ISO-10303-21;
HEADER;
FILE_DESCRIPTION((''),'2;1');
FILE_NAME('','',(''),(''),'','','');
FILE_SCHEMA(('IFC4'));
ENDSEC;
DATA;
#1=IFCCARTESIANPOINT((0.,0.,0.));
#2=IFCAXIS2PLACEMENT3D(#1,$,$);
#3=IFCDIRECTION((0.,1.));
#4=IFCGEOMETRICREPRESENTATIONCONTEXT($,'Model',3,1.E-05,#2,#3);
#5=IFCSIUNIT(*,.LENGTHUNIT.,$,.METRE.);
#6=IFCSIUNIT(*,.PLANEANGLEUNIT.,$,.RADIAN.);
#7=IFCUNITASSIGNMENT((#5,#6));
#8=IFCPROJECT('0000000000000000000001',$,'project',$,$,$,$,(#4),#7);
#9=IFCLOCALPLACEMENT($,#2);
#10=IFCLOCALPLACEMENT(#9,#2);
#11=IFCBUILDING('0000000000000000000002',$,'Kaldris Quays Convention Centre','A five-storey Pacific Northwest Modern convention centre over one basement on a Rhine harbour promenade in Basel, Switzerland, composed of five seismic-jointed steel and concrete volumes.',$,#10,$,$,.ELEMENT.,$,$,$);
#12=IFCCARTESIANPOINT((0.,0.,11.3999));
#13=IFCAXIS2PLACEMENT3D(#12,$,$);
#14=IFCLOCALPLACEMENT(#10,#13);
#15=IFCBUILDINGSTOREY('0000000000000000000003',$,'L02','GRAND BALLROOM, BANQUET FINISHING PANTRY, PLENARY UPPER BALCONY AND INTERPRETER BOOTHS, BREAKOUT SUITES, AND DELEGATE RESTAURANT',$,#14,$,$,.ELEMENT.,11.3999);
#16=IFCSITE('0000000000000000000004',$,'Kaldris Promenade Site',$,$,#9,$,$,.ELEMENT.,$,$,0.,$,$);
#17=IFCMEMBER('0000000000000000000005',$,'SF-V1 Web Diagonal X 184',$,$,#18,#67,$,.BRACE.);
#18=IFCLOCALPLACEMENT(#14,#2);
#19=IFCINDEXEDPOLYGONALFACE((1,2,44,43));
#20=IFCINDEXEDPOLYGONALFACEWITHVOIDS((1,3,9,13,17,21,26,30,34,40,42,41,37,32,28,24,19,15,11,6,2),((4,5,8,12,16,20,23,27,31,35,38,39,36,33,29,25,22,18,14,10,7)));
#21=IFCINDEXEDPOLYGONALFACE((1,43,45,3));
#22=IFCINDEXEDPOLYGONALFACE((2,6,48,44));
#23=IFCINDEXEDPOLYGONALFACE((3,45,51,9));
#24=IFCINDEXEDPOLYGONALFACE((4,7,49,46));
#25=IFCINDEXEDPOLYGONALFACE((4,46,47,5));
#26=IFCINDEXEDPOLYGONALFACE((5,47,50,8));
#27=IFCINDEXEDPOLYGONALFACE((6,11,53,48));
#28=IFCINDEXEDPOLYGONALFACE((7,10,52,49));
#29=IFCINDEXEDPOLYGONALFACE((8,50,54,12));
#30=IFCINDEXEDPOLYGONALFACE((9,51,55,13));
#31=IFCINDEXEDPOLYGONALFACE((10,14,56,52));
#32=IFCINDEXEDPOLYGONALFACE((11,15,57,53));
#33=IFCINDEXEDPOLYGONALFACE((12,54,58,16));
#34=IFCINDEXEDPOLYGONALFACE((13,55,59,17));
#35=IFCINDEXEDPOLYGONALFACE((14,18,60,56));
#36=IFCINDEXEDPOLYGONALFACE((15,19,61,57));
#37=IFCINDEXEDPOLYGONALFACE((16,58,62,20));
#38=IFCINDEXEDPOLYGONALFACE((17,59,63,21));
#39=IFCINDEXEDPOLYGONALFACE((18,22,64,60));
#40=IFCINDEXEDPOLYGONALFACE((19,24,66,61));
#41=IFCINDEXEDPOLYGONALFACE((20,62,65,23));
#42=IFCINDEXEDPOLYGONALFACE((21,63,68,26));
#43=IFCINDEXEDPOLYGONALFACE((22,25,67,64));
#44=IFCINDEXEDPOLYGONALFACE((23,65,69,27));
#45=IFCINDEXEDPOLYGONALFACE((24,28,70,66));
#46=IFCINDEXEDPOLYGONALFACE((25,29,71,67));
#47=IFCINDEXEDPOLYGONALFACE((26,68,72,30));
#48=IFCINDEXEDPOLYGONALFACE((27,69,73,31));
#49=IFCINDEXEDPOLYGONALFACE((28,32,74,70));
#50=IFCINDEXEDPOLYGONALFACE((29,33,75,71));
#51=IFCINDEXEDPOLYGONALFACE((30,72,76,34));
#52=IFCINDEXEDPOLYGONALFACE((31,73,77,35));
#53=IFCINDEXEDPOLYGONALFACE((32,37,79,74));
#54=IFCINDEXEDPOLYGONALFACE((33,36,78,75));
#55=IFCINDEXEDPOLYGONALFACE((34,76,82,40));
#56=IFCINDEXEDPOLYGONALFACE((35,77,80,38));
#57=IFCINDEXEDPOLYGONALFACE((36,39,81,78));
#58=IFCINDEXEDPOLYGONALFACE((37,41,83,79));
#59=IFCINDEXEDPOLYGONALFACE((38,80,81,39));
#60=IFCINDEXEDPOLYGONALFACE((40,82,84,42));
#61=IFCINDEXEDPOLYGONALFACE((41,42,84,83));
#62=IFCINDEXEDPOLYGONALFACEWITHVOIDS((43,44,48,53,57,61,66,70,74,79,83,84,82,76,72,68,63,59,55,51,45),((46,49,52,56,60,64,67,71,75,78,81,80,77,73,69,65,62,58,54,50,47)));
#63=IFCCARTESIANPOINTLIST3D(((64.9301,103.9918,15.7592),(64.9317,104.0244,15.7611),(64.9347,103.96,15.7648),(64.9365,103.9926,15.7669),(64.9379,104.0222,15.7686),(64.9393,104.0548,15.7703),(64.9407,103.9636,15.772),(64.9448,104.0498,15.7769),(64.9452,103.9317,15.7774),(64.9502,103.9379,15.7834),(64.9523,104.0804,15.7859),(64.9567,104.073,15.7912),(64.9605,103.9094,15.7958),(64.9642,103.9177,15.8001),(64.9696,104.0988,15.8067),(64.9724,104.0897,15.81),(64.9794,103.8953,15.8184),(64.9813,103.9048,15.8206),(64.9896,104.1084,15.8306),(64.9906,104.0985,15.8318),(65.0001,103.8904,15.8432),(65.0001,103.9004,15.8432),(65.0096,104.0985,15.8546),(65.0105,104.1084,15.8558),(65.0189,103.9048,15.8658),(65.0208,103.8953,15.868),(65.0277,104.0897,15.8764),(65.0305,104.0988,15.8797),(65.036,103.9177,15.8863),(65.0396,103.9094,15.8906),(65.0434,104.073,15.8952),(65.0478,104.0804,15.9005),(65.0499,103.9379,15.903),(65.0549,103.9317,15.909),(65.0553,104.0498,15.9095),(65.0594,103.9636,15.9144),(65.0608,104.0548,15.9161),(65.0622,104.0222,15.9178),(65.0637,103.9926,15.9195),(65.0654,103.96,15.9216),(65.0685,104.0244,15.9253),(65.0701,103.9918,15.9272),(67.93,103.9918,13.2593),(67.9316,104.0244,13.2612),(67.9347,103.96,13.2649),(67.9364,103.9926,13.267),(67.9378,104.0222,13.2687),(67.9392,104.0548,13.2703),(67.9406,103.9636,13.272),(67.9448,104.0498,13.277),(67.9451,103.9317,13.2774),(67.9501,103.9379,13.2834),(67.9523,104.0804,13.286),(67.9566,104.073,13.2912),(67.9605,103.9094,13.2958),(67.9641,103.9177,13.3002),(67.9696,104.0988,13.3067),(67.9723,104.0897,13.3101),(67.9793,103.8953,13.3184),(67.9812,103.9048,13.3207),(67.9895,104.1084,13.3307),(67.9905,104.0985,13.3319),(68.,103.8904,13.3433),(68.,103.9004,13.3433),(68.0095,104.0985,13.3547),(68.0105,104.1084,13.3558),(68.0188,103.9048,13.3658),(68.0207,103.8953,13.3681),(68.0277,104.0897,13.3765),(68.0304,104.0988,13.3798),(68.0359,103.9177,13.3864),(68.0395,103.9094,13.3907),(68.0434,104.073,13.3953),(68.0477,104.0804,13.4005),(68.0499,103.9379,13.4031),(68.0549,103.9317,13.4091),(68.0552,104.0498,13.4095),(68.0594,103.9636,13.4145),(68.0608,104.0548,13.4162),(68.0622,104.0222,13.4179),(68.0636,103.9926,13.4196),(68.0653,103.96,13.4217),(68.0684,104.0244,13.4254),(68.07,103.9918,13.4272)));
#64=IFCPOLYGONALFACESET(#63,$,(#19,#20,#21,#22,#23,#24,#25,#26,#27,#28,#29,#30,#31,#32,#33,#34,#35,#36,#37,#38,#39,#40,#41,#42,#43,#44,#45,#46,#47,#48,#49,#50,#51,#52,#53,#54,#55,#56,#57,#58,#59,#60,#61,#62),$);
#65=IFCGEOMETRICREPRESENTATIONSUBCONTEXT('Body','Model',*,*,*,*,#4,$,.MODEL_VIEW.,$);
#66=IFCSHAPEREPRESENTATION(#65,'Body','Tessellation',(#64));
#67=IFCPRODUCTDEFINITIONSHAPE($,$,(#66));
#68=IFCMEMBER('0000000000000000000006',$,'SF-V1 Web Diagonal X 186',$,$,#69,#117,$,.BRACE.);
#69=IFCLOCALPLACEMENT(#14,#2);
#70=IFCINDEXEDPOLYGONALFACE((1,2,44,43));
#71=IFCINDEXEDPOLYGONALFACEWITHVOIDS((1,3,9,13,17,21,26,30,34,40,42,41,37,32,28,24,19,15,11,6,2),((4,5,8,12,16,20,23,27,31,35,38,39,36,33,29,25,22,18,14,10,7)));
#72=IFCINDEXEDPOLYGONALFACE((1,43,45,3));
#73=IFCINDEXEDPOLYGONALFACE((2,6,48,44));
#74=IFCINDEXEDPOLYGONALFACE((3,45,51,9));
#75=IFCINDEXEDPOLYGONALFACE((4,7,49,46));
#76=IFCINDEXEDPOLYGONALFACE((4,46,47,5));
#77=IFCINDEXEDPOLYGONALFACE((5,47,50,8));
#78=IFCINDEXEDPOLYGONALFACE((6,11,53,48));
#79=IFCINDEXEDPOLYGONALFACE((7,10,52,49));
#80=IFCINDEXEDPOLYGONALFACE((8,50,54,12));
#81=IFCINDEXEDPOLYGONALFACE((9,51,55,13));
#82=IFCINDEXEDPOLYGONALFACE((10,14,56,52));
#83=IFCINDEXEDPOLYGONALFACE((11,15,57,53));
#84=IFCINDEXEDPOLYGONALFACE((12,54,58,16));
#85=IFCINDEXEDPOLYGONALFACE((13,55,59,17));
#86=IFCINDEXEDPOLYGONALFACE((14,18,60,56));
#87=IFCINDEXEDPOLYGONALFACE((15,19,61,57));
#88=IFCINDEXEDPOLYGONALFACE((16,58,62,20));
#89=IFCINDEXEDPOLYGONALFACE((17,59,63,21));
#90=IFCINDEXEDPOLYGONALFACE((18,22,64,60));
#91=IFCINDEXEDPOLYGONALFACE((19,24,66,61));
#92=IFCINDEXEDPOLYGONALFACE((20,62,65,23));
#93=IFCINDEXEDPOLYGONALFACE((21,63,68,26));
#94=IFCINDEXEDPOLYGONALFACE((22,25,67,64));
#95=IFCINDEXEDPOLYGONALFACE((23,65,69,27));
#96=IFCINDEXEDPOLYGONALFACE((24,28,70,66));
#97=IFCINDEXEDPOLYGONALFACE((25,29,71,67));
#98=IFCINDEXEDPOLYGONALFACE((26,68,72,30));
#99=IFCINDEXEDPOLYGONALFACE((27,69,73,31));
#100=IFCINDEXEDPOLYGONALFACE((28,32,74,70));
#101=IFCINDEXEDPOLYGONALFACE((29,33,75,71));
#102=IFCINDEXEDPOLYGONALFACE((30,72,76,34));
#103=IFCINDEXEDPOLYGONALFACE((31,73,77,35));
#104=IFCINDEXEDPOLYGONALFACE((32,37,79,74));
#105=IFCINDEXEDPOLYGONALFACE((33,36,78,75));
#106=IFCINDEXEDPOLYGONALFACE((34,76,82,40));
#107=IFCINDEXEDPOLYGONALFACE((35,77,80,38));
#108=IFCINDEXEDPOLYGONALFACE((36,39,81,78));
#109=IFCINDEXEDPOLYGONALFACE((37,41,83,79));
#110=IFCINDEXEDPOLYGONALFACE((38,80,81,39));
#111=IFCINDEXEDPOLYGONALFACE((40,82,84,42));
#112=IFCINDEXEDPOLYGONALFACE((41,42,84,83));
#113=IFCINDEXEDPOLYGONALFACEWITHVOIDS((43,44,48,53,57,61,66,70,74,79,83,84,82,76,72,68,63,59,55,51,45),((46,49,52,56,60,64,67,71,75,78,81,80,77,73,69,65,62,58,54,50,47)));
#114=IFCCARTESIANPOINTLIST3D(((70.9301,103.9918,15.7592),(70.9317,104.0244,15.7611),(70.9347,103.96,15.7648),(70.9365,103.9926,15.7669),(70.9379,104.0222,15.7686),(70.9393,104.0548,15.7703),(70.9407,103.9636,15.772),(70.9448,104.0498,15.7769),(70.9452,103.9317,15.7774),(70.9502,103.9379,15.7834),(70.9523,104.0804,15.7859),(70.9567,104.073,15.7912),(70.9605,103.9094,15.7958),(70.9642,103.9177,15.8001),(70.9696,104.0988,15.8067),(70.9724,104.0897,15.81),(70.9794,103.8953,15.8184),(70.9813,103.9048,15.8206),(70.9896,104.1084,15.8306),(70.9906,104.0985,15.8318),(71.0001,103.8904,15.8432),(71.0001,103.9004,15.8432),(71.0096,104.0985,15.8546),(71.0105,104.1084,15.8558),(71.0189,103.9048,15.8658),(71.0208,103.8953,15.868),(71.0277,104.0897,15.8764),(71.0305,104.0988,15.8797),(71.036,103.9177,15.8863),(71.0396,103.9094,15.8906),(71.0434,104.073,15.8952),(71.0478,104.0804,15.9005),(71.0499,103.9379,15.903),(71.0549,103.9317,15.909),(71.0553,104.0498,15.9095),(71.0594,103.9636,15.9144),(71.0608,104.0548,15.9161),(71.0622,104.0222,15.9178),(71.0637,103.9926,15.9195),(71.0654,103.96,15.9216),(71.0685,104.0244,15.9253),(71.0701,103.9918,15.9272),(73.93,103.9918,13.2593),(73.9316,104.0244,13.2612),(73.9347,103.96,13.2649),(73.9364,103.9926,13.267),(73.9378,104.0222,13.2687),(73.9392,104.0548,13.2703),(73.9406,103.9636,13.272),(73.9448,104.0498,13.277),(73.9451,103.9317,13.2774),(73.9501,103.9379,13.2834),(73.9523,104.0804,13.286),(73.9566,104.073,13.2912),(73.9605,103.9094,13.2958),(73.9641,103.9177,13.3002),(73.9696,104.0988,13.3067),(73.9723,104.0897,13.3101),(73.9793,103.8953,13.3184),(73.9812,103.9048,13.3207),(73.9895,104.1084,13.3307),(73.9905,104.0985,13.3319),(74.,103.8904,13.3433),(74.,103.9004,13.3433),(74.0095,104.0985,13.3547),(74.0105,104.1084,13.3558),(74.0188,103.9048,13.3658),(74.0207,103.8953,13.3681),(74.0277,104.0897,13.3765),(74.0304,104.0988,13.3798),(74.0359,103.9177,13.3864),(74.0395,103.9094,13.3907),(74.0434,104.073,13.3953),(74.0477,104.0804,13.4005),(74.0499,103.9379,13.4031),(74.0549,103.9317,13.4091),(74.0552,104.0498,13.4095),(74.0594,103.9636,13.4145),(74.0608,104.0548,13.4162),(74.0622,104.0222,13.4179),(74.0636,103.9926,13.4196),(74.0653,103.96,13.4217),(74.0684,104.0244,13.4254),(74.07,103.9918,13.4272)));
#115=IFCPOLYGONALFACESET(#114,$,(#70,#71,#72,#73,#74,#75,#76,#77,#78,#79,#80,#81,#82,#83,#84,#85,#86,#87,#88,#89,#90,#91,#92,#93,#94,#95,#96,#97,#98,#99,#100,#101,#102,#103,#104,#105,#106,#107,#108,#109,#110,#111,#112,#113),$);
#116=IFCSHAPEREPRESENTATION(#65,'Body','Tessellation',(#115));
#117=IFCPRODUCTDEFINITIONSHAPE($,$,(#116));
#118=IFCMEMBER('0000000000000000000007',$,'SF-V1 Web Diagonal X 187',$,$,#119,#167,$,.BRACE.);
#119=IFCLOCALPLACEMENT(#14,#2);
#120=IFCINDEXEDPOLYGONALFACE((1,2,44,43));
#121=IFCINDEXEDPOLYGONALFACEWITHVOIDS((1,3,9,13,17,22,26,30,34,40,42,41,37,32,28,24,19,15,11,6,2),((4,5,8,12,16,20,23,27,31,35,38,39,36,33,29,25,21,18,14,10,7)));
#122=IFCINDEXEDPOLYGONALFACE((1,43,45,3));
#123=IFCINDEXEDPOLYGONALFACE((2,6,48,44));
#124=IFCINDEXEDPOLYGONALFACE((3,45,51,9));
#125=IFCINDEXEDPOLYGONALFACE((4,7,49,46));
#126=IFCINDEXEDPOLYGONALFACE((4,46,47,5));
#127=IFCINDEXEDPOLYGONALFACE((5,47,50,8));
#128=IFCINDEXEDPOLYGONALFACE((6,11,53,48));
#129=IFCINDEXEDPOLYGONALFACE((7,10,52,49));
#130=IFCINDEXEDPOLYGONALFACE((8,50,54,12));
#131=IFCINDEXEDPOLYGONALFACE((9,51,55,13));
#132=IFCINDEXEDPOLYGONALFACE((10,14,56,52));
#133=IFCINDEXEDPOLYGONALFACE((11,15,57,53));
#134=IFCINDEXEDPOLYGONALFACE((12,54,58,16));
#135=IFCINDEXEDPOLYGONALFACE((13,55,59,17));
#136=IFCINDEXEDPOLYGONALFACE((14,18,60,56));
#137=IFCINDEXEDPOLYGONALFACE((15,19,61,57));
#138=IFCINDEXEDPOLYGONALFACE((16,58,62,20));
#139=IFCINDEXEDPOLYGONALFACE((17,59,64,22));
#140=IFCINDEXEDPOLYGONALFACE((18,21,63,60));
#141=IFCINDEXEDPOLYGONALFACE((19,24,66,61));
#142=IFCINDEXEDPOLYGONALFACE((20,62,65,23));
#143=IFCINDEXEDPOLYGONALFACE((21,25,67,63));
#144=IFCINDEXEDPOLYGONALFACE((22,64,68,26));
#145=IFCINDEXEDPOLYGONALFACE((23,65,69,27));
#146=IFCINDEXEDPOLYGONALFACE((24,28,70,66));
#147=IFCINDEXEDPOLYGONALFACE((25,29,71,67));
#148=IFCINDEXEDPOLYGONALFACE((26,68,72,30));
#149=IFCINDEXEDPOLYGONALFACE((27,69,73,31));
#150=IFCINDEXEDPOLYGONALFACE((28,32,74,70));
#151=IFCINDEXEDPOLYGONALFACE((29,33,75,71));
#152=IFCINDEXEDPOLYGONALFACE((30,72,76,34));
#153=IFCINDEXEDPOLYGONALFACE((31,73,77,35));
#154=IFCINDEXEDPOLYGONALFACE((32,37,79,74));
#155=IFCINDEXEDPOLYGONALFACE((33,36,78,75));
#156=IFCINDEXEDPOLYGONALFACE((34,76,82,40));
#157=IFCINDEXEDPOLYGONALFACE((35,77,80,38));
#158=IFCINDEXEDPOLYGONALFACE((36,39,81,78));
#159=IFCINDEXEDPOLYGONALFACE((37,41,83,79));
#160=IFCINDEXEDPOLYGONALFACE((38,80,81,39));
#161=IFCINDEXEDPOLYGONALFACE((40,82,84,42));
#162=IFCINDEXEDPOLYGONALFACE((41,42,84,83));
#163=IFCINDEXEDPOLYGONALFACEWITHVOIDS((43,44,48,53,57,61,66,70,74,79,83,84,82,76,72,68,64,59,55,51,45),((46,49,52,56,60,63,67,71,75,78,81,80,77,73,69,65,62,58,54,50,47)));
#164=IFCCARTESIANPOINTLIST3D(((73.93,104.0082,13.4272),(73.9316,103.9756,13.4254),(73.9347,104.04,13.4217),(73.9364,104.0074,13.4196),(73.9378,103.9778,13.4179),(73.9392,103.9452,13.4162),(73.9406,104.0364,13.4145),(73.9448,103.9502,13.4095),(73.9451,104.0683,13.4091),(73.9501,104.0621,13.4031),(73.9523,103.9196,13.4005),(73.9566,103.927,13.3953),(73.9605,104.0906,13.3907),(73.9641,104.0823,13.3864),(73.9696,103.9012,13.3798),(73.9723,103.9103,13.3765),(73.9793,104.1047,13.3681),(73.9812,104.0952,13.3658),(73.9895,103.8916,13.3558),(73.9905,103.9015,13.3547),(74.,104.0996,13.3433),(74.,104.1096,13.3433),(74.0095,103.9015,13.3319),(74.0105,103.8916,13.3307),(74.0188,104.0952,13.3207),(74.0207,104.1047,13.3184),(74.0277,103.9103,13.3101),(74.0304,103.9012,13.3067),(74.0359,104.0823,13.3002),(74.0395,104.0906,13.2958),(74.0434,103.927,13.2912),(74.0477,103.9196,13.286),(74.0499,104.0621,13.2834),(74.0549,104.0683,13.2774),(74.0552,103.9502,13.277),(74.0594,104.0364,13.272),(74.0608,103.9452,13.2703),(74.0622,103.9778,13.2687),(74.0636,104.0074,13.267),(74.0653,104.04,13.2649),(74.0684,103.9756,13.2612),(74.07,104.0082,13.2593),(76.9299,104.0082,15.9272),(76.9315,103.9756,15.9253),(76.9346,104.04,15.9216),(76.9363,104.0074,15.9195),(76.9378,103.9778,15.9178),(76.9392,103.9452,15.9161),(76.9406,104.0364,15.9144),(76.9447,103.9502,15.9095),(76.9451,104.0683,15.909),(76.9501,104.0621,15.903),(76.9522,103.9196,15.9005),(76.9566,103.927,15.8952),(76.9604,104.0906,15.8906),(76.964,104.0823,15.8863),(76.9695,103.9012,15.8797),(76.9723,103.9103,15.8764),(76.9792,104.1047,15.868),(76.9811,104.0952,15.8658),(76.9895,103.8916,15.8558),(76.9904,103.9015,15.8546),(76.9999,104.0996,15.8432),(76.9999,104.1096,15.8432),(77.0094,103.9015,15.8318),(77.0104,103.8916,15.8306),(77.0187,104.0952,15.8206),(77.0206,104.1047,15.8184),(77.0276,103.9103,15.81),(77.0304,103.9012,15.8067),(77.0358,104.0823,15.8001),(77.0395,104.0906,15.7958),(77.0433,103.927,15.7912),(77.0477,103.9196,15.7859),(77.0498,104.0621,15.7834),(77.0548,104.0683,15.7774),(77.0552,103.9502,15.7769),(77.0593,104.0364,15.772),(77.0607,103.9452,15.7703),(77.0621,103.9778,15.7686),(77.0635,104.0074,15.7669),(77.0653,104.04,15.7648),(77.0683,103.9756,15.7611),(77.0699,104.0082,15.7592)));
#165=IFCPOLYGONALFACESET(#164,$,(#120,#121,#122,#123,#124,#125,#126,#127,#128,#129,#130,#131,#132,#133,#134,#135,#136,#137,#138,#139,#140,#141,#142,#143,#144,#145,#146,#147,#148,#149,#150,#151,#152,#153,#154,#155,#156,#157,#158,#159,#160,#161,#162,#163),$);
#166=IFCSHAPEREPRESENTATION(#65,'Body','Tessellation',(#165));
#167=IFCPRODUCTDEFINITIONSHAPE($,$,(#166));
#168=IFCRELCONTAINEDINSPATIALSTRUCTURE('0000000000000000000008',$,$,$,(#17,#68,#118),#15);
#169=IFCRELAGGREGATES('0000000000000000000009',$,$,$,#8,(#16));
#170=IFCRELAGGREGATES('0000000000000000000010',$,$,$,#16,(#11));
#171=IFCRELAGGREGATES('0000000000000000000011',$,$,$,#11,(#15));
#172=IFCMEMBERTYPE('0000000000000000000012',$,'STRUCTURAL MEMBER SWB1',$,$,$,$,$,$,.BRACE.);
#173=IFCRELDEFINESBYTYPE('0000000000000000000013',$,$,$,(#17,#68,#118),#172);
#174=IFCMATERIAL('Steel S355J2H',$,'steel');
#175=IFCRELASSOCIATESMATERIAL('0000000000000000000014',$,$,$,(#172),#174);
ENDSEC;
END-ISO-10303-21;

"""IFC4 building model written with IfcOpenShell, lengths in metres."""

from ifc_helpers import new_model, si_unit, direction, frame, origin, origin_2d, place, context, subcontext, project, spatial, hollow_circle, extrude, material, material_profile, profile_set, type_object, element, save


model = new_model("IFC4")

# Units and contexts
model_context = context("Model", 3, precision=1e-05, world=origin(), true_north=direction((0.0, 1.0)))
body_context = subcontext(model_context, "Body", "Model", "MODEL_VIEW")
ifc_project = project(units=[si_unit("LENGTHUNIT", "METRE"), si_unit("PLANEANGLEUNIT", "RADIAN")], contexts=[model_context])

# Site, building, storey
site_placement = place(None, origin())
site = spatial("IfcSite", under=ifc_project, at=site_placement, Name="Kaldris Promenade Site", CompositionType="ELEMENT", RefElevation=0.0)
building_placement = place(site_placement, origin())
building = spatial("IfcBuilding", under=site, at=building_placement, Name="Kaldris Quays Convention Centre", Description="A five-storey Pacific Northwest Modern convention centre over one basement on a Rhine harbour promenade in Basel, Switzerland, composed of five seismic-jointed steel and concrete volumes.", CompositionType="ELEMENT")
storey_placement = place(building_placement, frame((0.0, 0.0, 11.3999)))
storey = spatial("IfcBuildingStorey", under=building, at=storey_placement, Name="L02", Description="GRAND BALLROOM, BANQUET FINISHING PANTRY, PLENARY UPPER BALCONY AND INTERPRETER BOOTHS, BREAKOUT SUITES, AND DELEGATE RESTAURANT", CompositionType="ELEMENT", Elevation=11.3999)

# Members
ifc_material_1 = material(Name="Steel S355J2H", Category="steel")
ifc_material_profile_1 = material_profile(ifc_material_1, hollow_circle(Radius=0.1096, WallThickness=0.01, at=origin_2d()), Name="CHS 219.1x10")
ifc_profile_set_1 = profile_set([ifc_material_profile_1], Name="Steel S355J2H")
member_type_1 = type_object("IfcMemberType", Name="STRUCTURAL MEMBER SWB1", PredefinedType="BRACE", material=ifc_profile_set_1)
for number, where, z_axis, x_axis, name in (
    (1, (68.0, 104.0, 13.3433), (-0.768221, 0.0, 0.640184), (0.0, -1.0, 0.0), "SF-V1 Web Diagonal X 184"),
    (2, (74.0, 104.0, 13.3433), (-0.768221, 0.0, 0.640184), (0.0, -1.0, 0.0), "SF-V1 Web Diagonal X 186"),
    (3, (74.0, 104.0, 13.3433), (0.768221, 0.0, 0.640184), (0.0, 1.0, 0.0), "SF-V1 Web Diagonal X 187"),
):
    element("IfcMember", number, at=place(storey_placement, frame(where, z_axis=z_axis, x_axis=x_axis)), inside=storey, type_object=member_type_1, Name=name, PredefinedType="BRACE", context=body_context, shape_type="SweptSolid", body=[
        extrude(hollow_circle(Radius=0.1096, WallThickness=0.01, at=origin_2d()), origin(), (0.0, 0.0, 1.0), 3.905),
    ])

save(model, "model.ifc")
